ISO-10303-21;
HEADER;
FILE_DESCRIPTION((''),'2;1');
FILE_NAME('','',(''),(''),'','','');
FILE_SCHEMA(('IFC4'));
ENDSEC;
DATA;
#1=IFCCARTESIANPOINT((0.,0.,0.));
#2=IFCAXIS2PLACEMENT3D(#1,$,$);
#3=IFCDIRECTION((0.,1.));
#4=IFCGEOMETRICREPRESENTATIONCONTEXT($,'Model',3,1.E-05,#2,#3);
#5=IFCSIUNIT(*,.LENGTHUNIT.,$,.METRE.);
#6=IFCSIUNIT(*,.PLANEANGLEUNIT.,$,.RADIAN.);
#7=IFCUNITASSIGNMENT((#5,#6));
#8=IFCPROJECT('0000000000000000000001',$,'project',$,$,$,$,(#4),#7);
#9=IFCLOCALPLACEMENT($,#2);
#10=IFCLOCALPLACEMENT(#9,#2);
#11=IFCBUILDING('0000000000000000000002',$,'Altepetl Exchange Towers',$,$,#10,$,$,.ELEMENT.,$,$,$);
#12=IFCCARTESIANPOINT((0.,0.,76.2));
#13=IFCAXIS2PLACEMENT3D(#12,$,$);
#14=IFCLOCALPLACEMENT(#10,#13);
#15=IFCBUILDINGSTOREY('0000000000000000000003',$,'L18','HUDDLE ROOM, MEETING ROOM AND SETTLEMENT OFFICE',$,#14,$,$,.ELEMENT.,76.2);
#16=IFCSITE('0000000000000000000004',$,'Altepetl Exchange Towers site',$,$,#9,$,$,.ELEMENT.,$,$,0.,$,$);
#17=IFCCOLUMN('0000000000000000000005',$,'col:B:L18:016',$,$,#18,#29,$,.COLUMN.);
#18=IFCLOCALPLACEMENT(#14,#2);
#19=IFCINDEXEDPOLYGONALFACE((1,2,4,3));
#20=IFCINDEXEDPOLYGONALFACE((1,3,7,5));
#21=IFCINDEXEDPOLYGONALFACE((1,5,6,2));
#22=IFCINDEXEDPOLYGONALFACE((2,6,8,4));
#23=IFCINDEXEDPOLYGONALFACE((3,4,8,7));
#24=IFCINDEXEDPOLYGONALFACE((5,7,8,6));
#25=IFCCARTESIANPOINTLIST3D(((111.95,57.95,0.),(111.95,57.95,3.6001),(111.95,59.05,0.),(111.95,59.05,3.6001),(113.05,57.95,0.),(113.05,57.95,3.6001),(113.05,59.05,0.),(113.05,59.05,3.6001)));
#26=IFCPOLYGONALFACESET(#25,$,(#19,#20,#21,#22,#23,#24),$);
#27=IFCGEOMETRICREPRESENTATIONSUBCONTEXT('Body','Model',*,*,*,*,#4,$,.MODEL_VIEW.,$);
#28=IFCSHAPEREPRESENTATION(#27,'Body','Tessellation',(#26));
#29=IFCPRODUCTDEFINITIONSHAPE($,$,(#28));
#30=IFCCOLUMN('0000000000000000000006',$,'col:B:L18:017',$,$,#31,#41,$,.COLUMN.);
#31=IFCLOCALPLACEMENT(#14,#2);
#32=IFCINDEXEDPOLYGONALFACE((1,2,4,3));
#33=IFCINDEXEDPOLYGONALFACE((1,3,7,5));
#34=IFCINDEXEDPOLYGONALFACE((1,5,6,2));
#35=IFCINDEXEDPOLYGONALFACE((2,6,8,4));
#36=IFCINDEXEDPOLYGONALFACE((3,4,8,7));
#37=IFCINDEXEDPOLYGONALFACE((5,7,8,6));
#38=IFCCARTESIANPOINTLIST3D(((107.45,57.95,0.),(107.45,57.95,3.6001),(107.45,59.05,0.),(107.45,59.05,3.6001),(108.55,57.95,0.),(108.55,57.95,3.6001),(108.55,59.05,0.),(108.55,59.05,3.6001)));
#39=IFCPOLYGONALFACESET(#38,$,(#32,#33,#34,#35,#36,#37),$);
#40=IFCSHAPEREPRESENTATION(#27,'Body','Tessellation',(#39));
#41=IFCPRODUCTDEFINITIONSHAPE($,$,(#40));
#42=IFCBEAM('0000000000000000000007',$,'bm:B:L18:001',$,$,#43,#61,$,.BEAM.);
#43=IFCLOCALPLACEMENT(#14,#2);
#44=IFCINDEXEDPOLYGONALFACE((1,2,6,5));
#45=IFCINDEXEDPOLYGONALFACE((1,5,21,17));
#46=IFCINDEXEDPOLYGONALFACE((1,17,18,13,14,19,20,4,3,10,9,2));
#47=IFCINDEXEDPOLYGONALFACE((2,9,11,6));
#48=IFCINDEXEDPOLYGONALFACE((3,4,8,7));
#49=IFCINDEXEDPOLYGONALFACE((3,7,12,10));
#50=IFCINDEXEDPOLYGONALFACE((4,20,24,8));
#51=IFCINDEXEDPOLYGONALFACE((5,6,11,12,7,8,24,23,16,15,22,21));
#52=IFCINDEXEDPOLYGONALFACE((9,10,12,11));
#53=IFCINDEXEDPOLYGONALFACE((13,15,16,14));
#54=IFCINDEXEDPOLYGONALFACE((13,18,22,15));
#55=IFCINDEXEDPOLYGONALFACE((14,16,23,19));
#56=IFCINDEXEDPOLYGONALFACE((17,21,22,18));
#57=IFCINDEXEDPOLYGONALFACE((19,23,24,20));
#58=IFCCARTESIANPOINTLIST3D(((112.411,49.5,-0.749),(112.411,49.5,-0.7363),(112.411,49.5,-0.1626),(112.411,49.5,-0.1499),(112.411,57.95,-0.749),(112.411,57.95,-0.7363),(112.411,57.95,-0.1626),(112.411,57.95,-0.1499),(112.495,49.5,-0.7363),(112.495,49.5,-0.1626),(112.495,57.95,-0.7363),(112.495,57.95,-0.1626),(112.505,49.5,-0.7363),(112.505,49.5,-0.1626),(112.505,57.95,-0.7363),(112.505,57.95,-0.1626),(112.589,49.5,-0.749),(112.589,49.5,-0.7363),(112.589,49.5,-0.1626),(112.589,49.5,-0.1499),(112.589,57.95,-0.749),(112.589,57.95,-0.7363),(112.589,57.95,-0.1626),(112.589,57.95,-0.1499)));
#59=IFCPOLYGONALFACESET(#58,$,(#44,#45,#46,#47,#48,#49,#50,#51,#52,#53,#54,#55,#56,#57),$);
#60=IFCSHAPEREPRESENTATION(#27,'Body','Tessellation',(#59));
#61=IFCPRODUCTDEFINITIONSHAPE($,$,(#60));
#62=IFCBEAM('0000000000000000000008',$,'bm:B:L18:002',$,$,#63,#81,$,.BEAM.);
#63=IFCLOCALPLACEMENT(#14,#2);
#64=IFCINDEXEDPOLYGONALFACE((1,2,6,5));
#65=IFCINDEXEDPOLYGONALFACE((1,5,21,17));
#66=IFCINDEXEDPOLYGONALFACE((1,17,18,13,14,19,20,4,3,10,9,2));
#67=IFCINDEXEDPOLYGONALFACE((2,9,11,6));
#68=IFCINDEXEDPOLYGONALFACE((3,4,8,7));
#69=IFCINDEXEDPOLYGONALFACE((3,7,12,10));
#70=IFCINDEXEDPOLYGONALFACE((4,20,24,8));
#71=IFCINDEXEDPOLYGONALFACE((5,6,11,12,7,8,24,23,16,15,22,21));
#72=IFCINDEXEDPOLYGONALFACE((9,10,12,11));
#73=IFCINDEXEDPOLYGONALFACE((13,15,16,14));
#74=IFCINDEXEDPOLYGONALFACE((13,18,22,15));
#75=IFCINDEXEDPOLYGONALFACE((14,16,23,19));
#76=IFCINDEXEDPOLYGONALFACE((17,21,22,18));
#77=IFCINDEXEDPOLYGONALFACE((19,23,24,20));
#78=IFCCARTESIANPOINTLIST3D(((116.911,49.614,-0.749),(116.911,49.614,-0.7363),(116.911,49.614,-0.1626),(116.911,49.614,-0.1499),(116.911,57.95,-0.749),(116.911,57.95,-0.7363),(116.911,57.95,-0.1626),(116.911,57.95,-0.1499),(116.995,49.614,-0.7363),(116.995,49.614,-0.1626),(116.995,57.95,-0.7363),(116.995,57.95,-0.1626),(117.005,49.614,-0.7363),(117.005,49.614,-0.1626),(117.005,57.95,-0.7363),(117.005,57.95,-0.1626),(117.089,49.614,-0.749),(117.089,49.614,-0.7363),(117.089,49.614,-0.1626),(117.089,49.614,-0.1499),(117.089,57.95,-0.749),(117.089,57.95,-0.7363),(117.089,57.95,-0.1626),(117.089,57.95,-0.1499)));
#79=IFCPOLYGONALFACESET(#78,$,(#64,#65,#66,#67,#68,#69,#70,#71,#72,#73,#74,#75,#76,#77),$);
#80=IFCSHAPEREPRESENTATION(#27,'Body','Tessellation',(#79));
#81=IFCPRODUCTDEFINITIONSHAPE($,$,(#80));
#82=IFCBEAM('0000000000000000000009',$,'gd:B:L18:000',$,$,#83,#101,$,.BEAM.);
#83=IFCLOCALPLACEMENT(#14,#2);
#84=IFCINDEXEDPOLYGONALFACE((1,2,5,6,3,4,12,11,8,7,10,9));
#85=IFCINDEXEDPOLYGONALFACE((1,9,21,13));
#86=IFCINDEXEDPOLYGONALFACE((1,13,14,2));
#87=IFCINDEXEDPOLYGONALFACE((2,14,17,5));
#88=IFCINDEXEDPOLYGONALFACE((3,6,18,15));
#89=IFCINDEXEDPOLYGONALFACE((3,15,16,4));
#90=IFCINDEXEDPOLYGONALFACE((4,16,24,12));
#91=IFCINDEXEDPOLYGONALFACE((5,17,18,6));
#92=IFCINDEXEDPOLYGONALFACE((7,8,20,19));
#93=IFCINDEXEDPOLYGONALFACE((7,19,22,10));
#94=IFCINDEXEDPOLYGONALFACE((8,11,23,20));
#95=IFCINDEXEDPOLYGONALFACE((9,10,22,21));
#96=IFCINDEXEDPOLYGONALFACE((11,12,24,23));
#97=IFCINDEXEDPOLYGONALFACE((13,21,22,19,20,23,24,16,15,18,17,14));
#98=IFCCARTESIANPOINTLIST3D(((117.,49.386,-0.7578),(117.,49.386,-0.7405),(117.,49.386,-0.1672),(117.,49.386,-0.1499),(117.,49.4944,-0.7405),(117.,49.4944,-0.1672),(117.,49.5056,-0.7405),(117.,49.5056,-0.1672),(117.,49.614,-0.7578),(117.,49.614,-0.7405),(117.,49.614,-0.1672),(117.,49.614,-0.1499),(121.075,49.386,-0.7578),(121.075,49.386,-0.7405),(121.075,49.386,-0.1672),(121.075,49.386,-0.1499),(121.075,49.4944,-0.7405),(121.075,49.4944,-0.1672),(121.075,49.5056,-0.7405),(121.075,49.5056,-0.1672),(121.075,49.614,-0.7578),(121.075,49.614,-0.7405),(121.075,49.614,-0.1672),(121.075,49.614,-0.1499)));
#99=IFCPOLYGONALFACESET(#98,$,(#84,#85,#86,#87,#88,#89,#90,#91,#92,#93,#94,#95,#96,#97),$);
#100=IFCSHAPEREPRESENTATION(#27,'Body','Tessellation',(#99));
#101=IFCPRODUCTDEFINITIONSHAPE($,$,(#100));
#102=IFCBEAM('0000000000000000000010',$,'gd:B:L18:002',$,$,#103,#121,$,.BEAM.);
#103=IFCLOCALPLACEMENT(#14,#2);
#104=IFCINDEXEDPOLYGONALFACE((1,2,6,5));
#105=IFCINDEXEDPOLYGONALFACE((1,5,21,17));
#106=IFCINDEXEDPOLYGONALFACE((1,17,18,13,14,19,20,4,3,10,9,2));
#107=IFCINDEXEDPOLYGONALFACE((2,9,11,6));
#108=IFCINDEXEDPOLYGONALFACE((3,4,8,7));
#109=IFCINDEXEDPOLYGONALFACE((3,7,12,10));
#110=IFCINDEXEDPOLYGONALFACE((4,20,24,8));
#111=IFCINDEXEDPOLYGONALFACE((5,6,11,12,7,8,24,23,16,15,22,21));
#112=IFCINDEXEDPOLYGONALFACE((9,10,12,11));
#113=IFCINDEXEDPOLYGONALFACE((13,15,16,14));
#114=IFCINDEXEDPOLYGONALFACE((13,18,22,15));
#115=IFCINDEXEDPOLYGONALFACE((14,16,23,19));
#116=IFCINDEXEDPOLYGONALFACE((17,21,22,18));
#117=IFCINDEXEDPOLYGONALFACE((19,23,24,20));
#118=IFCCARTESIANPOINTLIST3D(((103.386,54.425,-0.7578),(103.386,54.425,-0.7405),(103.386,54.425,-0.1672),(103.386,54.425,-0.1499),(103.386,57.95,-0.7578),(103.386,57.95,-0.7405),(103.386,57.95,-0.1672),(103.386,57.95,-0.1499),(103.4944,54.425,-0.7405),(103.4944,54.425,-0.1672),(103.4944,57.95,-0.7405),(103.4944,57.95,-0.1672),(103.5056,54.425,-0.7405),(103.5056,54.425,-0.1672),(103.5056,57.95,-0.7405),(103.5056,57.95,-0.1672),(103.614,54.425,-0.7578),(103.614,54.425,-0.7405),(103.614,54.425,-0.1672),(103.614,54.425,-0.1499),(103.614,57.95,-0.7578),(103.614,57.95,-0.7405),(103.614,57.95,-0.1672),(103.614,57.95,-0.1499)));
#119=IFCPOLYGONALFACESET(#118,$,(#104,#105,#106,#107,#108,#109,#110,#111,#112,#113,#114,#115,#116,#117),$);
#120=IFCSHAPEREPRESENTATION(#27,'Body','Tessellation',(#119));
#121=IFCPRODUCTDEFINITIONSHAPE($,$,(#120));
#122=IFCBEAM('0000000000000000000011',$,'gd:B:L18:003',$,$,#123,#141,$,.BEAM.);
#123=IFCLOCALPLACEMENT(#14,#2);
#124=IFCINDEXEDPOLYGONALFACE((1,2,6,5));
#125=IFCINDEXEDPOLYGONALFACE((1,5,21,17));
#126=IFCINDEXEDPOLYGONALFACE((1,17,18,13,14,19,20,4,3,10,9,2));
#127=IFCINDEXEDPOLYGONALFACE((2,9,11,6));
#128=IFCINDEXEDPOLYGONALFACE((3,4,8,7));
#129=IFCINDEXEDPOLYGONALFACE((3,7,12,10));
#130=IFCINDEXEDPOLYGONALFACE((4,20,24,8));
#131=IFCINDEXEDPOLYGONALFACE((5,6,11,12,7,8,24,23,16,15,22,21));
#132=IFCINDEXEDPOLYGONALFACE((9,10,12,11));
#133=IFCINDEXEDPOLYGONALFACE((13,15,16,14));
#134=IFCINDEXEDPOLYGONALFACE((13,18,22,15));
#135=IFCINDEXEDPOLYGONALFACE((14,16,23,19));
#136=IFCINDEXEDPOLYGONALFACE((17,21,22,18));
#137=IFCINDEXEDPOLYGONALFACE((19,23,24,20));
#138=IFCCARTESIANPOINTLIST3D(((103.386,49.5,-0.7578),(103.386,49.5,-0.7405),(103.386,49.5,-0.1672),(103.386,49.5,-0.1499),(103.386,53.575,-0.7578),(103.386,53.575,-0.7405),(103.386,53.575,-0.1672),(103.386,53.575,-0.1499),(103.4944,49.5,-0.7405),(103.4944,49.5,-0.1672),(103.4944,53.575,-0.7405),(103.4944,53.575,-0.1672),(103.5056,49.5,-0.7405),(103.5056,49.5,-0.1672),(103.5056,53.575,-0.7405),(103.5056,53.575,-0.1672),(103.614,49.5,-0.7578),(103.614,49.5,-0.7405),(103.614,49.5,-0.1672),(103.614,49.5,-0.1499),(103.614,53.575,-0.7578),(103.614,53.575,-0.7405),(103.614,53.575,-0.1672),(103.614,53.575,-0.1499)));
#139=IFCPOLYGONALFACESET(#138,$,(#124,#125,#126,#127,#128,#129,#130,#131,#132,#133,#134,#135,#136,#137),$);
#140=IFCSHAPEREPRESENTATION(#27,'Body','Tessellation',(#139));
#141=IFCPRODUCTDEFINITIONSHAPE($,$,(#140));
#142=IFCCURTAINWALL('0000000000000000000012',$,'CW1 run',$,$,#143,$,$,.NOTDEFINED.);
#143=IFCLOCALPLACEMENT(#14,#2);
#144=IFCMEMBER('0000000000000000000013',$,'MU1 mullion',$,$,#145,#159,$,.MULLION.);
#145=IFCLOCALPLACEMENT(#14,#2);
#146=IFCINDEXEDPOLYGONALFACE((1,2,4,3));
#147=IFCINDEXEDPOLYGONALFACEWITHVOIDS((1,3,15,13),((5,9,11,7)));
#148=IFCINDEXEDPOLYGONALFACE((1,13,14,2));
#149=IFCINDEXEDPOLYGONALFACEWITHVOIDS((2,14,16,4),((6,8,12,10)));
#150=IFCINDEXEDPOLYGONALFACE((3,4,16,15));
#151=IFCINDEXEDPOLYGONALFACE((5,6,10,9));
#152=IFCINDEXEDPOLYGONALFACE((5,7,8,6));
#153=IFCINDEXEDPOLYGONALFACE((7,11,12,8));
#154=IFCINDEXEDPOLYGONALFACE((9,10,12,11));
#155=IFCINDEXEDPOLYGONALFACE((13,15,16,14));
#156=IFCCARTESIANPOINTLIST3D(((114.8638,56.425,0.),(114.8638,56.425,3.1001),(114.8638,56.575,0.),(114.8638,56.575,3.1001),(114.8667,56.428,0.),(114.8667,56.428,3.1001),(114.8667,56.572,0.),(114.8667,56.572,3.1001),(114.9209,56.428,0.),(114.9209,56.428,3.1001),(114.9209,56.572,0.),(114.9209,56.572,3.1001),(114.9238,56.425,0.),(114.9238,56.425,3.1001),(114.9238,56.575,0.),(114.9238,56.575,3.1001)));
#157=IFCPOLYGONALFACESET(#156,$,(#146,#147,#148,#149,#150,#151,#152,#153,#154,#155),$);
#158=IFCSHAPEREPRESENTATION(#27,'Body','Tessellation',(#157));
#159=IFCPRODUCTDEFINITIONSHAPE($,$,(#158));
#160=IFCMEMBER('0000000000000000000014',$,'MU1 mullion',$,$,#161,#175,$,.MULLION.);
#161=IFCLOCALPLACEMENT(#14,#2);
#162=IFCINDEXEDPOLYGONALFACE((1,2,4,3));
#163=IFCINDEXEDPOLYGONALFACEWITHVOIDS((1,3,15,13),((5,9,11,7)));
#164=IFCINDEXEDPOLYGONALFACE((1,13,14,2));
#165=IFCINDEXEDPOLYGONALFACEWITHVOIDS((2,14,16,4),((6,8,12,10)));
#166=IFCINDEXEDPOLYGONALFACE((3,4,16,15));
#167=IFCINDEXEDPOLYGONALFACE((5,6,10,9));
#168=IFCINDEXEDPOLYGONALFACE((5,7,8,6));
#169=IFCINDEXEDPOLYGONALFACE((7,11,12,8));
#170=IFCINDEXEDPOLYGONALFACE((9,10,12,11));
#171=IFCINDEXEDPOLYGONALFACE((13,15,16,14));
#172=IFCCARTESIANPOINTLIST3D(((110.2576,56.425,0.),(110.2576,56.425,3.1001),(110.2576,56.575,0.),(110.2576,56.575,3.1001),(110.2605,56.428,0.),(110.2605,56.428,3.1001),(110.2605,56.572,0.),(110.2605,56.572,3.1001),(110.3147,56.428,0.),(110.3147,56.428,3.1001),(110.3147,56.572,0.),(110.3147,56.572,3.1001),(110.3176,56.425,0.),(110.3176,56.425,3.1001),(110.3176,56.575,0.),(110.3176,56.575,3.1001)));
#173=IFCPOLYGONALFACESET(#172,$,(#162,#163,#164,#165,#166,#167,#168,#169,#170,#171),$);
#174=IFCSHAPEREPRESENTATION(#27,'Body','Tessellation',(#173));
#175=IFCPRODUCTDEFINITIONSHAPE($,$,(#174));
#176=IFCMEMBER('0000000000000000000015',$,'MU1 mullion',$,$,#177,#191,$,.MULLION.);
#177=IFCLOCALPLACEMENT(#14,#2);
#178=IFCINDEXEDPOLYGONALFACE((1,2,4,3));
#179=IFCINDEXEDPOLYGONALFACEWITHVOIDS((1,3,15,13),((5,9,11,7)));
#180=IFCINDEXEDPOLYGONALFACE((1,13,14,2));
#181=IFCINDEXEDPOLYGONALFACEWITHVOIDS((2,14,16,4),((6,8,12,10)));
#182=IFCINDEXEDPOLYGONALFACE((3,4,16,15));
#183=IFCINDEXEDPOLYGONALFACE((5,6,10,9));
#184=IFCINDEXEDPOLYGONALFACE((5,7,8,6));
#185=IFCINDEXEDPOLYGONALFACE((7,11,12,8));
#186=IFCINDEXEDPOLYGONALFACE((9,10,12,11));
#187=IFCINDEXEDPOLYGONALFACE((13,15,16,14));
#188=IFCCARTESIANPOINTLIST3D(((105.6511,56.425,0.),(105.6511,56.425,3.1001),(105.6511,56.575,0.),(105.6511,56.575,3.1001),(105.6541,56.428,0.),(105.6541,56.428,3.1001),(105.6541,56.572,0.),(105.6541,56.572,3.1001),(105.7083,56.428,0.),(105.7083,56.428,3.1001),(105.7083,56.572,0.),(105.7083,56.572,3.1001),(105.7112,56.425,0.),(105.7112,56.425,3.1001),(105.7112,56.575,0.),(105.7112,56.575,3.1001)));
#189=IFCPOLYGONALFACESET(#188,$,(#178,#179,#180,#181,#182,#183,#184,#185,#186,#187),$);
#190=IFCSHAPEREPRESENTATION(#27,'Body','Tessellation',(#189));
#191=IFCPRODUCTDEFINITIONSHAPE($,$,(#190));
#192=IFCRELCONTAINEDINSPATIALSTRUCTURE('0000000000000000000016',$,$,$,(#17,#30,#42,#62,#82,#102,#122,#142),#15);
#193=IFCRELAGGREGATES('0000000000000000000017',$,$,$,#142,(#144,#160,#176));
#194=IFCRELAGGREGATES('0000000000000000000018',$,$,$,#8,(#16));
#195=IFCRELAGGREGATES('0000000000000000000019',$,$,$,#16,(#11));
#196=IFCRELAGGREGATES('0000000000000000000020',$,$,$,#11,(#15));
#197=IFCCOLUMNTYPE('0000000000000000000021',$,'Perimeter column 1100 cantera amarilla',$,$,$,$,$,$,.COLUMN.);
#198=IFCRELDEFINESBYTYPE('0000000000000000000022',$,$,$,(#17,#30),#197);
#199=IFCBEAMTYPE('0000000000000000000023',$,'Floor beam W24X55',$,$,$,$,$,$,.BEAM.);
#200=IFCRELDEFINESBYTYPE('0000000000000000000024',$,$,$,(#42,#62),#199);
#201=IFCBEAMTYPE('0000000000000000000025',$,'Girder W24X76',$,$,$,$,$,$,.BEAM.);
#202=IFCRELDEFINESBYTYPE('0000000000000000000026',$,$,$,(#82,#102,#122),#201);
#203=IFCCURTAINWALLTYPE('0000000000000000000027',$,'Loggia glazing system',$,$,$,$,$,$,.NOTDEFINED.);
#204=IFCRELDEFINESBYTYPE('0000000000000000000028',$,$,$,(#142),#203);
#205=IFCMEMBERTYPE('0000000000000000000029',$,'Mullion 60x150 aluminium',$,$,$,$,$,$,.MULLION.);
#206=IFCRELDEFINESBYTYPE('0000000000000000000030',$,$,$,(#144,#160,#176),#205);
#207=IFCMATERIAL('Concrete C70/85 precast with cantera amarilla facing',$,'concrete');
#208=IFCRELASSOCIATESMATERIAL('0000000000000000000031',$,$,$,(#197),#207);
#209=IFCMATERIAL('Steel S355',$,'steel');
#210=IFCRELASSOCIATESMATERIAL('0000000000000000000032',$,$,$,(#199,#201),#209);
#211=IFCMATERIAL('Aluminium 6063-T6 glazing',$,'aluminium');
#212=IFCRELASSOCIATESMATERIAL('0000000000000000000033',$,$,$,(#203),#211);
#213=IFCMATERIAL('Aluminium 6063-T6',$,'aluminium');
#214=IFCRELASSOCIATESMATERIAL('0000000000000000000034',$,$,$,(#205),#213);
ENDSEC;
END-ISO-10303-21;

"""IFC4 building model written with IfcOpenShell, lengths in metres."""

from ifc_helpers import new_model, si_unit, direction, frame, origin, origin_2d, place, context, subcontext, project, spatial, rectangle, hollow_rectangle, i_section, extrude, material, material_profile, profile_set, type_object, element, aggregate, save


model = new_model("IFC4")

# Units and contexts
model_context = context("Model", 3, precision=1e-05, world=origin(), true_north=direction((0.0, 1.0)))
body_context = subcontext(model_context, "Body", "Model", "MODEL_VIEW")
ifc_project = project(units=[si_unit("LENGTHUNIT", "METRE"), si_unit("PLANEANGLEUNIT", "RADIAN")], contexts=[model_context])

# Site, building, storey
site_placement = place(None, origin())
site = spatial("IfcSite", under=ifc_project, at=site_placement, Name="Altepetl Exchange Towers site", CompositionType="ELEMENT", RefElevation=0.0)
building_placement = place(site_placement, origin())
building = spatial("IfcBuilding", under=site, at=building_placement, Name="Altepetl Exchange Towers", CompositionType="ELEMENT")
storey_placement = place(building_placement, frame((0.0, 0.0, 76.2)))
storey = spatial("IfcBuildingStorey", under=building, at=storey_placement, Name="L18", Description="HUDDLE ROOM, MEETING ROOM AND SETTLEMENT OFFICE", CompositionType="ELEMENT", Elevation=76.2)

# Columns
ifc_material_1 = material(Name="Concrete C70/85 precast with cantera amarilla facing", Category="concrete")
ifc_material_profile_1 = material_profile(ifc_material_1, rectangle(XDim=1.1001, YDim=1.1001, at=origin_2d()), Name="1100 x 1100")
ifc_profile_set_1 = profile_set([ifc_material_profile_1], Name="Concrete C70/85 precast with cantera amarilla facing")
column_type = type_object("IfcColumnType", Name="Perimeter column 1100 cantera amarilla", PredefinedType="COLUMN", material=ifc_profile_set_1)
for number, where, name in (
    (1, (112.5, 58.5, 0.0), "col:B:L18:016"),
    (2, (108.0, 58.5, 0.0), "col:B:L18:017"),
):
    element("IfcColumn", number, at=place(storey_placement, frame(where)), inside=storey, type_object=column_type, Name=name, PredefinedType="COLUMN", context=body_context, shape_type="SweptSolid", body=[
        extrude(rectangle(XDim=1.1001, YDim=1.1001, at=origin_2d()), origin(), (0.0, 0.0, 1.0), 3.6001),
    ])

# Beams
ifc_material_2 = material(Name="Steel S355", Category="steel")
ifc_material_profile_2 = material_profile(ifc_material_2, i_section(OverallWidth=0.178, OverallDepth=0.5991, WebThickness=0.01, FlangeThickness=0.0127, at=origin_2d()), Name="W24X55")
ifc_profile_set_2 = profile_set([ifc_material_profile_2], Name="Steel S355")
beam_type_1 = type_object("IfcBeamType", Name="Floor beam W24X55", PredefinedType="BEAM", material=ifc_profile_set_2)
beam_1_placement = place(storey_placement, frame((112.5, 49.5, -0.4495), z_axis=(0.0, 1.0, 0.0), x_axis=(-1.0, 0.0, 0.0)))
element("IfcBeam", 3, at=beam_1_placement, inside=storey, type_object=beam_type_1, Name="bm:B:L18:001", PredefinedType="BEAM", context=body_context, shape_type="SweptSolid", body=[
    extrude(i_section(OverallWidth=0.178, OverallDepth=0.5991, WebThickness=0.01, FlangeThickness=0.0127, at=origin_2d()), origin(), (0.0, 0.0, 1.0), 8.45),
])
beam_2_placement = place(storey_placement, frame((117.0, 49.614, -0.4495), z_axis=(0.0, 1.0, 0.0), x_axis=(-1.0, 0.0, 0.0)))
element("IfcBeam", 4, at=beam_2_placement, inside=storey, type_object=beam_type_1, Name="bm:B:L18:002", PredefinedType="BEAM", context=body_context, shape_type="SweptSolid", body=[
    extrude(i_section(OverallWidth=0.178, OverallDepth=0.5991, WebThickness=0.01, FlangeThickness=0.0127, at=origin_2d()), origin(), (0.0, 0.0, 1.0), 8.3359),
])
ifc_material_profile_3 = material_profile(ifc_material_2, i_section(OverallWidth=0.228, OverallDepth=0.6079, WebThickness=0.0112, FlangeThickness=0.0173, at=origin_2d()), Name="W24X76")
ifc_profile_set_3 = profile_set([ifc_material_profile_3], Name="Steel S355")
beam_type_2 = type_object("IfcBeamType", Name="Girder W24X76", PredefinedType="BEAM", material=ifc_profile_set_3)
beam_3_placement = place(storey_placement, frame((117.0, 49.5, -0.4539), z_axis=(1.0, 0.0, 0.0), x_axis=(0.0, 1.0, 0.0)))
element("IfcBeam", 5, at=beam_3_placement, inside=storey, type_object=beam_type_2, Name="gd:B:L18:000", PredefinedType="BEAM", context=body_context, shape_type="SweptSolid", body=[
    extrude(i_section(OverallWidth=0.228, OverallDepth=0.6079, WebThickness=0.0112, FlangeThickness=0.0173, at=origin_2d()), origin(), (0.0, 0.0, 1.0), 4.075),
])
beam_4_placement = place(storey_placement, frame((103.5, 57.95, -0.4539), z_axis=(0.0, -1.0, 0.0), x_axis=(1.0, 0.0, 0.0)))
element("IfcBeam", 6, at=beam_4_placement, inside=storey, type_object=beam_type_2, Name="gd:B:L18:002", PredefinedType="BEAM", context=body_context, shape_type="SweptSolid", body=[
    extrude(i_section(OverallWidth=0.228, OverallDepth=0.6079, WebThickness=0.0112, FlangeThickness=0.0173, at=origin_2d()), origin(), (0.0, 0.0, 1.0), 3.5249),
])
beam_5_placement = place(storey_placement, frame((103.5, 53.575, -0.4539), z_axis=(0.0, -1.0, 0.0), x_axis=(1.0, 0.0, 0.0)))
element("IfcBeam", 7, at=beam_5_placement, inside=storey, type_object=beam_type_2, Name="gd:B:L18:003", PredefinedType="BEAM", context=body_context, shape_type="SweptSolid", body=[
    extrude(i_section(OverallWidth=0.228, OverallDepth=0.6079, WebThickness=0.0112, FlangeThickness=0.0173, at=origin_2d()), origin(), (0.0, 0.0, 1.0), 4.075),
])

# Curtain wall, members
ifc_material_3 = material(Name="Aluminium 6063-T6 glazing", Category="aluminium")
curtain_wall_type = type_object("IfcCurtainWallType", Name="Loggia glazing system", PredefinedType="NOTDEFINED", material=ifc_material_3)
curtain_wall_placement = place(storey_placement, origin())
curtain_wall = element("IfcCurtainWall", 8, at=curtain_wall_placement, inside=storey, type_object=curtain_wall_type, Name="CW1 run", PredefinedType="NOTDEFINED")
ifc_material_4 = material(Name="Aluminium 6063-T6", Category="aluminium")
ifc_material_profile_4 = material_profile(ifc_material_4, hollow_rectangle(XDim=0.0601, YDim=0.1499, WallThickness=0.0029, at=origin_2d()), Name="Mullion 60x150 aluminium")
ifc_profile_set_4 = profile_set([ifc_material_profile_4], Name="Aluminium 6063-T6")
member_type = type_object("IfcMemberType", Name="Mullion 60x150 aluminium", PredefinedType="MULLION", material=ifc_profile_set_4)
member_1_placement = place(storey_placement, frame((114.8938, 56.5, 0.0), z_axis=(0.0, 0.0, 1.0), x_axis=(-1.0, 0.0, 0.0)))
member_1 = element("IfcMember", 9, at=member_1_placement, type_object=member_type, Name="MU1 mullion", PredefinedType="MULLION", context=body_context, shape_type="SweptSolid", body=[
    extrude(hollow_rectangle(XDim=0.0601, YDim=0.1499, WallThickness=0.0029, at=origin_2d()), origin(), (0.0, 0.0, 1.0), 3.1001),
])
member_2_placement = place(storey_placement, frame((110.2876, 56.5, 0.0), z_axis=(0.0, 0.0, 1.0), x_axis=(-1.0, 0.0, 0.0)))
member_2 = element("IfcMember", 10, at=member_2_placement, type_object=member_type, Name="MU1 mullion", PredefinedType="MULLION", context=body_context, shape_type="SweptSolid", body=[
    extrude(hollow_rectangle(XDim=0.0601, YDim=0.1499, WallThickness=0.0029, at=origin_2d()), origin(), (0.0, 0.0, 1.0), 3.1001),
])
member_3_placement = place(storey_placement, frame((105.6812, 56.5, 0.0), z_axis=(0.0, 0.0, 1.0), x_axis=(-1.0, 0.0, 0.0)))
member_3 = element("IfcMember", 11, at=member_3_placement, type_object=member_type, Name="MU1 mullion", PredefinedType="MULLION", context=body_context, shape_type="SweptSolid", body=[
    extrude(hollow_rectangle(XDim=0.0601, YDim=0.1499, WallThickness=0.0029, at=origin_2d()), origin(), (0.0, 0.0, 1.0), 3.1001),
])

aggregate(curtain_wall, [member_1, member_2, member_3])

save(model, "model.ifc")
